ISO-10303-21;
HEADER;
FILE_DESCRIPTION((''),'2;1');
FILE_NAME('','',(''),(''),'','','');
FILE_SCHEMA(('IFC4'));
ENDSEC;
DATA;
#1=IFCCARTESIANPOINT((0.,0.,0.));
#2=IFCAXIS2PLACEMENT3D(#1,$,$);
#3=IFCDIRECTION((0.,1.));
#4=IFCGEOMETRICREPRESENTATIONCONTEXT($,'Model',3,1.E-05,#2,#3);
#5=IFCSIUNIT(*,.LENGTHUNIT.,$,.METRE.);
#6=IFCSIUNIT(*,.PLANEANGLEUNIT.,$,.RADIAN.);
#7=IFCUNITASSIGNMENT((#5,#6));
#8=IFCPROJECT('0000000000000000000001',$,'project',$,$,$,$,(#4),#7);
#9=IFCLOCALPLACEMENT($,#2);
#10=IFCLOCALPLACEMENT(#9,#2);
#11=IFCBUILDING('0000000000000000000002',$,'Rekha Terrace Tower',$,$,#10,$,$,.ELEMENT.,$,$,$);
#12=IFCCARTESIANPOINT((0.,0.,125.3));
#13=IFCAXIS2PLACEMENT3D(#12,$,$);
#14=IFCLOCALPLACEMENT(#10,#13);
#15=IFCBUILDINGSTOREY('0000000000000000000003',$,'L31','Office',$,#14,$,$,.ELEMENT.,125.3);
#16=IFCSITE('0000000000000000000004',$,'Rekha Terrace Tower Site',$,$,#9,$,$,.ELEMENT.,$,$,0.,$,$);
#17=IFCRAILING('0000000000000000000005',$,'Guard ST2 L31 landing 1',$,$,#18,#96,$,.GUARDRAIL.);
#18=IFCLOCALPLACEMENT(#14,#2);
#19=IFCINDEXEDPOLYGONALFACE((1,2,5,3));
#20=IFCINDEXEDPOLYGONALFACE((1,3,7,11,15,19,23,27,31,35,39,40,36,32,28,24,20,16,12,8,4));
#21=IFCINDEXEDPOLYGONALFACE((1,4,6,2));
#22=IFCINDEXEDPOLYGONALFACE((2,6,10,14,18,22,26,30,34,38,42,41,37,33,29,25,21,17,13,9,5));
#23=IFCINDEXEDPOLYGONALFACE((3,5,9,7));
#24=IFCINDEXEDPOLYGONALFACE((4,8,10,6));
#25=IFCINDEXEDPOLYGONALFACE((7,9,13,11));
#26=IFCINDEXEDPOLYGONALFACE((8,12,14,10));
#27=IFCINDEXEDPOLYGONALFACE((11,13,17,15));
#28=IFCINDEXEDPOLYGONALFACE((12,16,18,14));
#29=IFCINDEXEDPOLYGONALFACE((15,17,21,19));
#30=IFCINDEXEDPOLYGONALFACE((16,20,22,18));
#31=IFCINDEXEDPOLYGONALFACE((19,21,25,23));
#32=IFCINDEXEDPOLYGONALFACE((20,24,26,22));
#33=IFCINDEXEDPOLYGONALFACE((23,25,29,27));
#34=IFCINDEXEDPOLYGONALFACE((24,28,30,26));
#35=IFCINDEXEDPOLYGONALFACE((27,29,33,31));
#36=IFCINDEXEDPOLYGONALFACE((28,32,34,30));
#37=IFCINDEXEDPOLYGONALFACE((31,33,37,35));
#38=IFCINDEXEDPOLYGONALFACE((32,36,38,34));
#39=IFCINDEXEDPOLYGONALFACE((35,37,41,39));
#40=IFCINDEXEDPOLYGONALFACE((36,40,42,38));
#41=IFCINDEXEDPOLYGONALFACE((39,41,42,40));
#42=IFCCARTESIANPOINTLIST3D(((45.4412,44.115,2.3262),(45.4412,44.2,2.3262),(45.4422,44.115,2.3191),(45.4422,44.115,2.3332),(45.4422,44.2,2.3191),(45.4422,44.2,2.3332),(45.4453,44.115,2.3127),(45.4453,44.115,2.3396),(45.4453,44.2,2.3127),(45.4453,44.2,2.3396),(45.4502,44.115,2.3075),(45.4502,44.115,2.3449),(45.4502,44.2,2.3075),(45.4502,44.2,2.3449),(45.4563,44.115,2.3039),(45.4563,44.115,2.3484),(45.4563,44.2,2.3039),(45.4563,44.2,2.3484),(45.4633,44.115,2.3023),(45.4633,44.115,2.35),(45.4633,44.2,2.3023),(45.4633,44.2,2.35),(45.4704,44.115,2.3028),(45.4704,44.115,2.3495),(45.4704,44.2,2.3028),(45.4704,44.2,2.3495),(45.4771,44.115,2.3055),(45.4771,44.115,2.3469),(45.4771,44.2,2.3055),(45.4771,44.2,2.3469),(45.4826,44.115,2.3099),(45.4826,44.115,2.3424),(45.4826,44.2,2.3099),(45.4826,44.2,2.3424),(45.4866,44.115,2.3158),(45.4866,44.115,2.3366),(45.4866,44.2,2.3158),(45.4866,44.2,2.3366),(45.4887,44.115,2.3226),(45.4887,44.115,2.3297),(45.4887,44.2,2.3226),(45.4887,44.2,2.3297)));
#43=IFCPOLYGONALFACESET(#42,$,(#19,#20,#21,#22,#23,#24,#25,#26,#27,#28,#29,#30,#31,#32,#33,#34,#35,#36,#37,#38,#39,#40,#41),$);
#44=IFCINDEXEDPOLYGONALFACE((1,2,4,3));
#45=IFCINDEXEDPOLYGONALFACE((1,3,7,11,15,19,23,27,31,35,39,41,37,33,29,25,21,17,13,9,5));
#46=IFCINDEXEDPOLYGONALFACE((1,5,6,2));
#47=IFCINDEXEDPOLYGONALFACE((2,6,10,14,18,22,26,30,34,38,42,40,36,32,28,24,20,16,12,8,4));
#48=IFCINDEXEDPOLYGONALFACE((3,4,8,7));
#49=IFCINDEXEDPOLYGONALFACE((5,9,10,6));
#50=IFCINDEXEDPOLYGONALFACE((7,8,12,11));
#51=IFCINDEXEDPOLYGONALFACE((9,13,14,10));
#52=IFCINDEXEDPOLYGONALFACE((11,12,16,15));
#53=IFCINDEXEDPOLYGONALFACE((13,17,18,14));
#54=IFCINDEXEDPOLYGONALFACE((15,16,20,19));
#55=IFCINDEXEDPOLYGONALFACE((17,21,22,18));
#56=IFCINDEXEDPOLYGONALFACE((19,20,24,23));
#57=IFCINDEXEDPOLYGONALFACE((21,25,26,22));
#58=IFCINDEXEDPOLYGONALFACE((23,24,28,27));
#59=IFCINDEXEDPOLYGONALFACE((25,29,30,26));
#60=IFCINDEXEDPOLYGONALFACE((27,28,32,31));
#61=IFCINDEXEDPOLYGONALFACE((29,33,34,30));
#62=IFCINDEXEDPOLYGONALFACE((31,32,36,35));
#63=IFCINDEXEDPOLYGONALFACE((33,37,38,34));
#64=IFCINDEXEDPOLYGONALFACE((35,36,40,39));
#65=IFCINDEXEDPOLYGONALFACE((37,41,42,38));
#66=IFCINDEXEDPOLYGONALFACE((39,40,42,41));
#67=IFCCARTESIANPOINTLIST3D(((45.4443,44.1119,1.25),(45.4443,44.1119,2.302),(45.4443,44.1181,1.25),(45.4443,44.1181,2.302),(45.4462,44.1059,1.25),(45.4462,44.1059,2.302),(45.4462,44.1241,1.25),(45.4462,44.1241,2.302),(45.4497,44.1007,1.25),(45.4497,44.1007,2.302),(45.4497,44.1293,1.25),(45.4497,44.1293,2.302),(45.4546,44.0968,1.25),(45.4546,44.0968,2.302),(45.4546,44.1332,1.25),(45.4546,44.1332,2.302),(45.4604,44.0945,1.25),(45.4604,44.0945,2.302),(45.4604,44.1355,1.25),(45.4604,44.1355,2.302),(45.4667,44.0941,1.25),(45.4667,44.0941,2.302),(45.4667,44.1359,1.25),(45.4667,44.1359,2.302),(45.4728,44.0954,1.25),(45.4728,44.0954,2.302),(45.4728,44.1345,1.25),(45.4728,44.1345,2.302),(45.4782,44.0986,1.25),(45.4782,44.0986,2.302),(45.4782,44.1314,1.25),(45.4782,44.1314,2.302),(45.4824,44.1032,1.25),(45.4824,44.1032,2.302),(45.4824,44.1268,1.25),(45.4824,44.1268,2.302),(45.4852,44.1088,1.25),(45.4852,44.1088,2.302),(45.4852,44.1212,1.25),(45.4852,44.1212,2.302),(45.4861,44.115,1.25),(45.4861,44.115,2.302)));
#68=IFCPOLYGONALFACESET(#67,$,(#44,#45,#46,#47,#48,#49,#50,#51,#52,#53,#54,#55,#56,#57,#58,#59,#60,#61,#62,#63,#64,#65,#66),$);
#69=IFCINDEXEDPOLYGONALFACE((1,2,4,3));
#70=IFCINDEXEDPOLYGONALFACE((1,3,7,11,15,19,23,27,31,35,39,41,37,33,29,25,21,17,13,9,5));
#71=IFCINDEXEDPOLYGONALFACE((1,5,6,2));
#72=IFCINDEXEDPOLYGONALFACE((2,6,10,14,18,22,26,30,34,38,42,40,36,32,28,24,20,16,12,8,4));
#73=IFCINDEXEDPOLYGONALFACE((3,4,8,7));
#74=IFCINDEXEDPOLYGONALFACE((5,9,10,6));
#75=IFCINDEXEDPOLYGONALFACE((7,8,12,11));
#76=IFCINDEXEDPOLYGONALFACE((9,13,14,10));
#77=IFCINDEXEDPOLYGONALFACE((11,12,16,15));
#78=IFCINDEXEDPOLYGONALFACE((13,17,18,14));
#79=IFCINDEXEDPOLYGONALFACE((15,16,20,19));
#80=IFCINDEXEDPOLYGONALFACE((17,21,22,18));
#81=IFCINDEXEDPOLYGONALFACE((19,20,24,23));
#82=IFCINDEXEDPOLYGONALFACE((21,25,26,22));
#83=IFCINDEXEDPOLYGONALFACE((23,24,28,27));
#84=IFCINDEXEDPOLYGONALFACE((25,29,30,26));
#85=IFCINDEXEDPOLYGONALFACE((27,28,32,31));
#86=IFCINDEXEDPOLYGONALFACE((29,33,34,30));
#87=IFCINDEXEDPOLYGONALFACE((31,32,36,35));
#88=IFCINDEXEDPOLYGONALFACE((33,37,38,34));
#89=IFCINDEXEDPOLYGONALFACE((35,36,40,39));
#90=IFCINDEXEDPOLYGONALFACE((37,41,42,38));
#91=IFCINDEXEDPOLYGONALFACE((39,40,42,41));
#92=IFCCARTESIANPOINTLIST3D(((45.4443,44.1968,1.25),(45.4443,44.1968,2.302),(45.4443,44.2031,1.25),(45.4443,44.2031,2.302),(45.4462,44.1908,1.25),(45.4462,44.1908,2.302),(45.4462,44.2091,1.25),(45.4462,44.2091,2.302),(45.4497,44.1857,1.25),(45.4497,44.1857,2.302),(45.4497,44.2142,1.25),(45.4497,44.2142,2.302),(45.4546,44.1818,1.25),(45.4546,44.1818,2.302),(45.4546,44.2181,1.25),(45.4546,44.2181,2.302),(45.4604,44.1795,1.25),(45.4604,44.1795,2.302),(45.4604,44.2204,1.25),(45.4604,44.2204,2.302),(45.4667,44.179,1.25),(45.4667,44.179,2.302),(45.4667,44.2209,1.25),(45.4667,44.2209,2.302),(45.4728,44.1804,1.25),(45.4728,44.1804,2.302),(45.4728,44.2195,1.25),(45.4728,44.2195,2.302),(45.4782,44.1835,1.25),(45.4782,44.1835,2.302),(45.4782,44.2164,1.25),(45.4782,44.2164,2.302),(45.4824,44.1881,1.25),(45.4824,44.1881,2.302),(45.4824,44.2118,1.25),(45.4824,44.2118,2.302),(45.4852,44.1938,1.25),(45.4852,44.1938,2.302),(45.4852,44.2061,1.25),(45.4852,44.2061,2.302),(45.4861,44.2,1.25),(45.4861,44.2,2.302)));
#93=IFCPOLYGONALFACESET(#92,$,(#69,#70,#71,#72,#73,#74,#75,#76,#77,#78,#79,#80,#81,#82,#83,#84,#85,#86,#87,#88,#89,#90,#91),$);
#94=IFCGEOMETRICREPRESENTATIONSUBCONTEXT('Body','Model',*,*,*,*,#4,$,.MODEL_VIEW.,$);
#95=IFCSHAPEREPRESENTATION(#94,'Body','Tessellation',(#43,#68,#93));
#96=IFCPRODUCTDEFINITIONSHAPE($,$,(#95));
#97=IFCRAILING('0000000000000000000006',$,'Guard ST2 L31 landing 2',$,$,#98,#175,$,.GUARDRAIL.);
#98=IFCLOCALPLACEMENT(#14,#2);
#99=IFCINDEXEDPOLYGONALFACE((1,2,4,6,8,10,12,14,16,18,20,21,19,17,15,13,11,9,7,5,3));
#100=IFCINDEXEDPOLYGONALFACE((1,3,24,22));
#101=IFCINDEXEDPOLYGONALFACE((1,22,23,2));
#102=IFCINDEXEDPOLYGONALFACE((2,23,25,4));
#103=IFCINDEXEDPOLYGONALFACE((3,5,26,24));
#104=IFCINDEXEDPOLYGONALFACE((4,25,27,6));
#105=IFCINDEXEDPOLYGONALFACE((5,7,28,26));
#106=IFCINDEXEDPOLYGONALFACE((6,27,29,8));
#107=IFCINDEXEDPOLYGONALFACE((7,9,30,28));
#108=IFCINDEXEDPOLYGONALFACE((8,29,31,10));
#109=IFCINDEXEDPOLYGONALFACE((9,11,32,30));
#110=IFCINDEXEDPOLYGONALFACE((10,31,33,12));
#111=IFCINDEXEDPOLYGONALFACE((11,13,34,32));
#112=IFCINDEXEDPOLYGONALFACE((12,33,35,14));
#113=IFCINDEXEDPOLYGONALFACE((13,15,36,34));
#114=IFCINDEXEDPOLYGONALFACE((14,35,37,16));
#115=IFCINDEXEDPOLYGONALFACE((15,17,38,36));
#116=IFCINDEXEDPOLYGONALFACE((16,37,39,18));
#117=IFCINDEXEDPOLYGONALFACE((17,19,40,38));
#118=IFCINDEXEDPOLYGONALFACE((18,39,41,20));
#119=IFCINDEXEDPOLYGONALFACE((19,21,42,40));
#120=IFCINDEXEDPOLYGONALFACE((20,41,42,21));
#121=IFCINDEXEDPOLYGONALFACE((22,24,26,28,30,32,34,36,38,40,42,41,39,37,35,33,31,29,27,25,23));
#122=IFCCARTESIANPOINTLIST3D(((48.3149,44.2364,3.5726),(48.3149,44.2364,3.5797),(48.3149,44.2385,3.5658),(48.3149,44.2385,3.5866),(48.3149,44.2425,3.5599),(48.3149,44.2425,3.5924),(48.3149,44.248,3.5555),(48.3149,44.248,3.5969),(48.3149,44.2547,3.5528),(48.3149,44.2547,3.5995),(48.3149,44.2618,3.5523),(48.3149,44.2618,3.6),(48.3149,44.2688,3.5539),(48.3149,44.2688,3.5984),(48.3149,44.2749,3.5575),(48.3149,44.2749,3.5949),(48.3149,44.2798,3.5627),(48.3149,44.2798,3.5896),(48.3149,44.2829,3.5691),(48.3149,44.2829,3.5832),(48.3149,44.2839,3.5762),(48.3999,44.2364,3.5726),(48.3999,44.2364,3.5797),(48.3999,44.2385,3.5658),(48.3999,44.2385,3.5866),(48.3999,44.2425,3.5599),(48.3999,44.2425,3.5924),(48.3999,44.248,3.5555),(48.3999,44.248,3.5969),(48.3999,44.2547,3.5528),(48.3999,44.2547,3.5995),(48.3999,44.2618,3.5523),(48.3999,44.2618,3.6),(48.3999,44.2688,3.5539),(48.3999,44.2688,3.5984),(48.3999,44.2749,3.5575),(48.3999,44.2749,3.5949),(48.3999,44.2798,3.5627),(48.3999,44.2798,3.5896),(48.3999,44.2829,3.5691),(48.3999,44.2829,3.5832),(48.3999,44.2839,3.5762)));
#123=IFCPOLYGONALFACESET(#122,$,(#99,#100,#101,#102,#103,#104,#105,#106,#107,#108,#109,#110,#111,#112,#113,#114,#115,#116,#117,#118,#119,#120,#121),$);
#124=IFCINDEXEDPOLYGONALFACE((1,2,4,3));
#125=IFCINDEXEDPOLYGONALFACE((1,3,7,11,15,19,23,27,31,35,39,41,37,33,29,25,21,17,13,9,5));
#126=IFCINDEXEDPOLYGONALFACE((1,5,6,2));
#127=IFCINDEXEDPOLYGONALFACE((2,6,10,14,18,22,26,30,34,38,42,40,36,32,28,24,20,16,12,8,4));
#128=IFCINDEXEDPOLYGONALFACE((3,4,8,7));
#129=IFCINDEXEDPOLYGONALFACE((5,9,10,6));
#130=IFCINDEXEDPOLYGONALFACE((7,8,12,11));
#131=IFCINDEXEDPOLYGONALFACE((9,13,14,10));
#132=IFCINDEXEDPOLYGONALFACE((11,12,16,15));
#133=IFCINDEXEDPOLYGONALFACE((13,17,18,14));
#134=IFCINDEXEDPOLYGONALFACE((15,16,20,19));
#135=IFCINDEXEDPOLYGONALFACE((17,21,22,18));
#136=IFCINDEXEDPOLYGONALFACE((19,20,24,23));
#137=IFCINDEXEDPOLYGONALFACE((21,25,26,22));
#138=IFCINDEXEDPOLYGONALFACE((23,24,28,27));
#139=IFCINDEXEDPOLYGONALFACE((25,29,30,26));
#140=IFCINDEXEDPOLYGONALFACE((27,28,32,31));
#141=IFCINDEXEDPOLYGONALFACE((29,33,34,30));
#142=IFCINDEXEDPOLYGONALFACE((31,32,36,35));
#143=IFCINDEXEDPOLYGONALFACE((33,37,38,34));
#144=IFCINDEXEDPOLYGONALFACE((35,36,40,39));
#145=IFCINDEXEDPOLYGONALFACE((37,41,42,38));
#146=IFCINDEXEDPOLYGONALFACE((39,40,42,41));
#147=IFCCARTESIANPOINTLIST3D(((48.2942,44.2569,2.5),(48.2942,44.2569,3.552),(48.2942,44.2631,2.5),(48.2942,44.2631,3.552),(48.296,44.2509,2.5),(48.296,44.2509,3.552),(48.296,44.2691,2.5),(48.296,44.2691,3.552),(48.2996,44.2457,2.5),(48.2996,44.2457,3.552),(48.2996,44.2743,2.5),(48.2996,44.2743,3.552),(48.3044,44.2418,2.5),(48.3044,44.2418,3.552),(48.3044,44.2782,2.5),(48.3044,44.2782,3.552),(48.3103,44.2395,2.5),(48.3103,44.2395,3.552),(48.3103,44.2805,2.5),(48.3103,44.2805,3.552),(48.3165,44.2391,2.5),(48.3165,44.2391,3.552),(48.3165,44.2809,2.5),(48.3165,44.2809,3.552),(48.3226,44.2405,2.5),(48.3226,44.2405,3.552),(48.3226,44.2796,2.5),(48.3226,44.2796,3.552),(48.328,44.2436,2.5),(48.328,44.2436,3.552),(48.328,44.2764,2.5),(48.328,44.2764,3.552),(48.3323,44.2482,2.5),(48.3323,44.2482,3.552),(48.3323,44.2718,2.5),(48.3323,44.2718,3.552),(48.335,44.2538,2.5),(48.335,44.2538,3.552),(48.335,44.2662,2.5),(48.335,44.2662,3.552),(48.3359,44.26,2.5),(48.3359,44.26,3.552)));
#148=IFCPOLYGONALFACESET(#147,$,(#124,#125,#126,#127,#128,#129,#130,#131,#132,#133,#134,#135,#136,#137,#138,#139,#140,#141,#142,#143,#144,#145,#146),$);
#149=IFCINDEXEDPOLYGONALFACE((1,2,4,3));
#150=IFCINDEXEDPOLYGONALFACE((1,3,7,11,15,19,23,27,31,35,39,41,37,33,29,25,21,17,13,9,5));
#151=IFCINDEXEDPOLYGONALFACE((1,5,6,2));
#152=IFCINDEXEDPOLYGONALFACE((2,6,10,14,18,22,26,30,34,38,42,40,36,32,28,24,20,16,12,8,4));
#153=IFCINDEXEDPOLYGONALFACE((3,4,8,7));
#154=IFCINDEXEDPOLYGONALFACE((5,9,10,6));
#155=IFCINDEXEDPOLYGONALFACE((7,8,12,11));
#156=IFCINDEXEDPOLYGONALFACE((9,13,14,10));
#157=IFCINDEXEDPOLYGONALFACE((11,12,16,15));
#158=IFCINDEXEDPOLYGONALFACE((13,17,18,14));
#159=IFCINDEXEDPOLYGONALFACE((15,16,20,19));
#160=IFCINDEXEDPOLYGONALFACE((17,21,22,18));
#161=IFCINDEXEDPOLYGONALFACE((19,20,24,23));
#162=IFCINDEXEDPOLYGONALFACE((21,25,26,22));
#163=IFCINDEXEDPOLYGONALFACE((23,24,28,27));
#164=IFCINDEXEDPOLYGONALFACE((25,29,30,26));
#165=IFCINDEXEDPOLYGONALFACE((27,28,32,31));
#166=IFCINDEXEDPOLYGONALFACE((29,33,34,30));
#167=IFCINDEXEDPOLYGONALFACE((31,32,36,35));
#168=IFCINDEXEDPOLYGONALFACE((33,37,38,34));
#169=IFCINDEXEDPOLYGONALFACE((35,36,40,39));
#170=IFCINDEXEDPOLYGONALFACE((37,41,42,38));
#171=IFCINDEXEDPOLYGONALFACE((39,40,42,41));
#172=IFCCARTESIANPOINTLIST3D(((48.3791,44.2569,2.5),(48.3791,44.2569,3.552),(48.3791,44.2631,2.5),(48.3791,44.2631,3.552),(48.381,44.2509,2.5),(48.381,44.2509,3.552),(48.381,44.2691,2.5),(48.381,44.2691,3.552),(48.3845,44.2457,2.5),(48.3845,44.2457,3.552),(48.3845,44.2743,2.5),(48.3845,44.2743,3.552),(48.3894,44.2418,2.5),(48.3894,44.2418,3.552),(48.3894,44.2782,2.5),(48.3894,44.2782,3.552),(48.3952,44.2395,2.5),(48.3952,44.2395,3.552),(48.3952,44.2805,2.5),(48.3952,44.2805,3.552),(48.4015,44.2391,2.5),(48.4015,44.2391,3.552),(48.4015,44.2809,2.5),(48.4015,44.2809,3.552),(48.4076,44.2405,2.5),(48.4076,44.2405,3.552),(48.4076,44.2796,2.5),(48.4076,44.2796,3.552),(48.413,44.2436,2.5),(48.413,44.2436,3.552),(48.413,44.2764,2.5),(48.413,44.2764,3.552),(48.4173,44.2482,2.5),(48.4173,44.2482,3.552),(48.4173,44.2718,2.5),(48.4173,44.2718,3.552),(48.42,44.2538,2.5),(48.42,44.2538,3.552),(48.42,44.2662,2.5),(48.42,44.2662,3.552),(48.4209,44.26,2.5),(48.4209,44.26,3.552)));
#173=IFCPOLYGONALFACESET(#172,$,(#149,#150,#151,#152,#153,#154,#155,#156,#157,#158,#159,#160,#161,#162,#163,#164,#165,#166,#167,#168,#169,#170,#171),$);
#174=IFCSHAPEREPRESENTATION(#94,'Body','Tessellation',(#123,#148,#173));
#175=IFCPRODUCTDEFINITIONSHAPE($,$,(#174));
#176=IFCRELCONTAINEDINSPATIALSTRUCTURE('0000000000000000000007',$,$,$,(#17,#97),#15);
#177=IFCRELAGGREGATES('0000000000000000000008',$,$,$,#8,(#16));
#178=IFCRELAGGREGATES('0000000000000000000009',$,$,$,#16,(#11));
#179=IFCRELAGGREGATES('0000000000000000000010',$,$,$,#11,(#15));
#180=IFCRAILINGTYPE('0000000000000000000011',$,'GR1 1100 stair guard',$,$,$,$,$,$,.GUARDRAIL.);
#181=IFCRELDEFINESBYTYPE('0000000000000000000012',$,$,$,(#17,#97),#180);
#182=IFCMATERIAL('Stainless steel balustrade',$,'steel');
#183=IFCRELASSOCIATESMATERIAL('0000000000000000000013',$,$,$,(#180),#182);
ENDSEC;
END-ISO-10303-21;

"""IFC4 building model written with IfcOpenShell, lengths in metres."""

from ifc_helpers import new_model, si_unit, direction, frame, origin, origin_2d, place, context, subcontext, project, spatial, circle, extrude, material, type_object, element, save


model = new_model("IFC4")

# Units and contexts
model_context = context("Model", 3, precision=1e-05, world=origin(), true_north=direction((0.0, 1.0)))
body_context = subcontext(model_context, "Body", "Model", "MODEL_VIEW")
ifc_project = project(units=[si_unit("LENGTHUNIT", "METRE"), si_unit("PLANEANGLEUNIT", "RADIAN")], contexts=[model_context])

# Site, building, storey
site_placement = place(None, origin())
site = spatial("IfcSite", under=ifc_project, at=site_placement, Name="Rekha Terrace Tower Site", CompositionType="ELEMENT", RefElevation=0.0)
building_placement = place(site_placement, origin())
building = spatial("IfcBuilding", under=site, at=building_placement, Name="Rekha Terrace Tower", CompositionType="ELEMENT")
storey_placement = place(building_placement, frame((0.0, 0.0, 125.3)))
storey = spatial("IfcBuildingStorey", under=building, at=storey_placement, Name="L31", Description="Office", CompositionType="ELEMENT", Elevation=125.3)

# Railings
ifc_material_1 = material(Name="Stainless steel balustrade", Category="steel")
railing_type_1 = type_object("IfcRailingType", Name="GR1 1100 stair guard", PredefinedType="GUARDRAIL", material=ifc_material_1)
railing_1_placement = place(storey_placement, frame((45.4651, 44.115, 1.25)))
element("IfcRailing", 1, at=railing_1_placement, inside=storey, type_object=railing_type_1, Name="Guard ST2 L31 landing 1", PredefinedType="GUARDRAIL", context=body_context, shape_type="SweptSolid", body=[
    extrude(circle(Radius=0.0239, at=origin_2d()), frame((0.0, 0.0, 1.0762), z_axis=(0.0, 1.0, 0.0), x_axis=(-1.0, 0.0, 0.0)), (0.0, 0.0, 1.0), 0.085),
    extrude(circle(Radius=0.021, at=origin_2d()), origin(), (0.0, 0.0, 1.0), 1.052),
    extrude(circle(Radius=0.021, at=origin_2d()), frame((0.0, 0.085, 0.0)), (0.0, 0.0, 1.0), 1.052),
])
railing_2_placement = place(storey_placement, frame((48.3149, 44.26, 2.5)))
element("IfcRailing", 2, at=railing_2_placement, inside=storey, type_object=railing_type_1, Name="Guard ST2 L31 landing 2", PredefinedType="GUARDRAIL", context=body_context, shape_type="SweptSolid", body=[
    extrude(circle(Radius=0.0239, at=origin_2d()), frame((0.0, 0.0, 1.0762), z_axis=(1.0, 0.0, 0.0), x_axis=(0.0, 1.0, 0.0)), (0.0, 0.0, 1.0), 0.085),
    extrude(circle(Radius=0.021, at=origin_2d()), origin(), (0.0, 0.0, 1.0), 1.052),
    extrude(circle(Radius=0.021, at=origin_2d()), frame((0.085, 0.0, 0.0)), (0.0, 0.0, 1.0), 1.052),
])

save(model, "model.ifc")
